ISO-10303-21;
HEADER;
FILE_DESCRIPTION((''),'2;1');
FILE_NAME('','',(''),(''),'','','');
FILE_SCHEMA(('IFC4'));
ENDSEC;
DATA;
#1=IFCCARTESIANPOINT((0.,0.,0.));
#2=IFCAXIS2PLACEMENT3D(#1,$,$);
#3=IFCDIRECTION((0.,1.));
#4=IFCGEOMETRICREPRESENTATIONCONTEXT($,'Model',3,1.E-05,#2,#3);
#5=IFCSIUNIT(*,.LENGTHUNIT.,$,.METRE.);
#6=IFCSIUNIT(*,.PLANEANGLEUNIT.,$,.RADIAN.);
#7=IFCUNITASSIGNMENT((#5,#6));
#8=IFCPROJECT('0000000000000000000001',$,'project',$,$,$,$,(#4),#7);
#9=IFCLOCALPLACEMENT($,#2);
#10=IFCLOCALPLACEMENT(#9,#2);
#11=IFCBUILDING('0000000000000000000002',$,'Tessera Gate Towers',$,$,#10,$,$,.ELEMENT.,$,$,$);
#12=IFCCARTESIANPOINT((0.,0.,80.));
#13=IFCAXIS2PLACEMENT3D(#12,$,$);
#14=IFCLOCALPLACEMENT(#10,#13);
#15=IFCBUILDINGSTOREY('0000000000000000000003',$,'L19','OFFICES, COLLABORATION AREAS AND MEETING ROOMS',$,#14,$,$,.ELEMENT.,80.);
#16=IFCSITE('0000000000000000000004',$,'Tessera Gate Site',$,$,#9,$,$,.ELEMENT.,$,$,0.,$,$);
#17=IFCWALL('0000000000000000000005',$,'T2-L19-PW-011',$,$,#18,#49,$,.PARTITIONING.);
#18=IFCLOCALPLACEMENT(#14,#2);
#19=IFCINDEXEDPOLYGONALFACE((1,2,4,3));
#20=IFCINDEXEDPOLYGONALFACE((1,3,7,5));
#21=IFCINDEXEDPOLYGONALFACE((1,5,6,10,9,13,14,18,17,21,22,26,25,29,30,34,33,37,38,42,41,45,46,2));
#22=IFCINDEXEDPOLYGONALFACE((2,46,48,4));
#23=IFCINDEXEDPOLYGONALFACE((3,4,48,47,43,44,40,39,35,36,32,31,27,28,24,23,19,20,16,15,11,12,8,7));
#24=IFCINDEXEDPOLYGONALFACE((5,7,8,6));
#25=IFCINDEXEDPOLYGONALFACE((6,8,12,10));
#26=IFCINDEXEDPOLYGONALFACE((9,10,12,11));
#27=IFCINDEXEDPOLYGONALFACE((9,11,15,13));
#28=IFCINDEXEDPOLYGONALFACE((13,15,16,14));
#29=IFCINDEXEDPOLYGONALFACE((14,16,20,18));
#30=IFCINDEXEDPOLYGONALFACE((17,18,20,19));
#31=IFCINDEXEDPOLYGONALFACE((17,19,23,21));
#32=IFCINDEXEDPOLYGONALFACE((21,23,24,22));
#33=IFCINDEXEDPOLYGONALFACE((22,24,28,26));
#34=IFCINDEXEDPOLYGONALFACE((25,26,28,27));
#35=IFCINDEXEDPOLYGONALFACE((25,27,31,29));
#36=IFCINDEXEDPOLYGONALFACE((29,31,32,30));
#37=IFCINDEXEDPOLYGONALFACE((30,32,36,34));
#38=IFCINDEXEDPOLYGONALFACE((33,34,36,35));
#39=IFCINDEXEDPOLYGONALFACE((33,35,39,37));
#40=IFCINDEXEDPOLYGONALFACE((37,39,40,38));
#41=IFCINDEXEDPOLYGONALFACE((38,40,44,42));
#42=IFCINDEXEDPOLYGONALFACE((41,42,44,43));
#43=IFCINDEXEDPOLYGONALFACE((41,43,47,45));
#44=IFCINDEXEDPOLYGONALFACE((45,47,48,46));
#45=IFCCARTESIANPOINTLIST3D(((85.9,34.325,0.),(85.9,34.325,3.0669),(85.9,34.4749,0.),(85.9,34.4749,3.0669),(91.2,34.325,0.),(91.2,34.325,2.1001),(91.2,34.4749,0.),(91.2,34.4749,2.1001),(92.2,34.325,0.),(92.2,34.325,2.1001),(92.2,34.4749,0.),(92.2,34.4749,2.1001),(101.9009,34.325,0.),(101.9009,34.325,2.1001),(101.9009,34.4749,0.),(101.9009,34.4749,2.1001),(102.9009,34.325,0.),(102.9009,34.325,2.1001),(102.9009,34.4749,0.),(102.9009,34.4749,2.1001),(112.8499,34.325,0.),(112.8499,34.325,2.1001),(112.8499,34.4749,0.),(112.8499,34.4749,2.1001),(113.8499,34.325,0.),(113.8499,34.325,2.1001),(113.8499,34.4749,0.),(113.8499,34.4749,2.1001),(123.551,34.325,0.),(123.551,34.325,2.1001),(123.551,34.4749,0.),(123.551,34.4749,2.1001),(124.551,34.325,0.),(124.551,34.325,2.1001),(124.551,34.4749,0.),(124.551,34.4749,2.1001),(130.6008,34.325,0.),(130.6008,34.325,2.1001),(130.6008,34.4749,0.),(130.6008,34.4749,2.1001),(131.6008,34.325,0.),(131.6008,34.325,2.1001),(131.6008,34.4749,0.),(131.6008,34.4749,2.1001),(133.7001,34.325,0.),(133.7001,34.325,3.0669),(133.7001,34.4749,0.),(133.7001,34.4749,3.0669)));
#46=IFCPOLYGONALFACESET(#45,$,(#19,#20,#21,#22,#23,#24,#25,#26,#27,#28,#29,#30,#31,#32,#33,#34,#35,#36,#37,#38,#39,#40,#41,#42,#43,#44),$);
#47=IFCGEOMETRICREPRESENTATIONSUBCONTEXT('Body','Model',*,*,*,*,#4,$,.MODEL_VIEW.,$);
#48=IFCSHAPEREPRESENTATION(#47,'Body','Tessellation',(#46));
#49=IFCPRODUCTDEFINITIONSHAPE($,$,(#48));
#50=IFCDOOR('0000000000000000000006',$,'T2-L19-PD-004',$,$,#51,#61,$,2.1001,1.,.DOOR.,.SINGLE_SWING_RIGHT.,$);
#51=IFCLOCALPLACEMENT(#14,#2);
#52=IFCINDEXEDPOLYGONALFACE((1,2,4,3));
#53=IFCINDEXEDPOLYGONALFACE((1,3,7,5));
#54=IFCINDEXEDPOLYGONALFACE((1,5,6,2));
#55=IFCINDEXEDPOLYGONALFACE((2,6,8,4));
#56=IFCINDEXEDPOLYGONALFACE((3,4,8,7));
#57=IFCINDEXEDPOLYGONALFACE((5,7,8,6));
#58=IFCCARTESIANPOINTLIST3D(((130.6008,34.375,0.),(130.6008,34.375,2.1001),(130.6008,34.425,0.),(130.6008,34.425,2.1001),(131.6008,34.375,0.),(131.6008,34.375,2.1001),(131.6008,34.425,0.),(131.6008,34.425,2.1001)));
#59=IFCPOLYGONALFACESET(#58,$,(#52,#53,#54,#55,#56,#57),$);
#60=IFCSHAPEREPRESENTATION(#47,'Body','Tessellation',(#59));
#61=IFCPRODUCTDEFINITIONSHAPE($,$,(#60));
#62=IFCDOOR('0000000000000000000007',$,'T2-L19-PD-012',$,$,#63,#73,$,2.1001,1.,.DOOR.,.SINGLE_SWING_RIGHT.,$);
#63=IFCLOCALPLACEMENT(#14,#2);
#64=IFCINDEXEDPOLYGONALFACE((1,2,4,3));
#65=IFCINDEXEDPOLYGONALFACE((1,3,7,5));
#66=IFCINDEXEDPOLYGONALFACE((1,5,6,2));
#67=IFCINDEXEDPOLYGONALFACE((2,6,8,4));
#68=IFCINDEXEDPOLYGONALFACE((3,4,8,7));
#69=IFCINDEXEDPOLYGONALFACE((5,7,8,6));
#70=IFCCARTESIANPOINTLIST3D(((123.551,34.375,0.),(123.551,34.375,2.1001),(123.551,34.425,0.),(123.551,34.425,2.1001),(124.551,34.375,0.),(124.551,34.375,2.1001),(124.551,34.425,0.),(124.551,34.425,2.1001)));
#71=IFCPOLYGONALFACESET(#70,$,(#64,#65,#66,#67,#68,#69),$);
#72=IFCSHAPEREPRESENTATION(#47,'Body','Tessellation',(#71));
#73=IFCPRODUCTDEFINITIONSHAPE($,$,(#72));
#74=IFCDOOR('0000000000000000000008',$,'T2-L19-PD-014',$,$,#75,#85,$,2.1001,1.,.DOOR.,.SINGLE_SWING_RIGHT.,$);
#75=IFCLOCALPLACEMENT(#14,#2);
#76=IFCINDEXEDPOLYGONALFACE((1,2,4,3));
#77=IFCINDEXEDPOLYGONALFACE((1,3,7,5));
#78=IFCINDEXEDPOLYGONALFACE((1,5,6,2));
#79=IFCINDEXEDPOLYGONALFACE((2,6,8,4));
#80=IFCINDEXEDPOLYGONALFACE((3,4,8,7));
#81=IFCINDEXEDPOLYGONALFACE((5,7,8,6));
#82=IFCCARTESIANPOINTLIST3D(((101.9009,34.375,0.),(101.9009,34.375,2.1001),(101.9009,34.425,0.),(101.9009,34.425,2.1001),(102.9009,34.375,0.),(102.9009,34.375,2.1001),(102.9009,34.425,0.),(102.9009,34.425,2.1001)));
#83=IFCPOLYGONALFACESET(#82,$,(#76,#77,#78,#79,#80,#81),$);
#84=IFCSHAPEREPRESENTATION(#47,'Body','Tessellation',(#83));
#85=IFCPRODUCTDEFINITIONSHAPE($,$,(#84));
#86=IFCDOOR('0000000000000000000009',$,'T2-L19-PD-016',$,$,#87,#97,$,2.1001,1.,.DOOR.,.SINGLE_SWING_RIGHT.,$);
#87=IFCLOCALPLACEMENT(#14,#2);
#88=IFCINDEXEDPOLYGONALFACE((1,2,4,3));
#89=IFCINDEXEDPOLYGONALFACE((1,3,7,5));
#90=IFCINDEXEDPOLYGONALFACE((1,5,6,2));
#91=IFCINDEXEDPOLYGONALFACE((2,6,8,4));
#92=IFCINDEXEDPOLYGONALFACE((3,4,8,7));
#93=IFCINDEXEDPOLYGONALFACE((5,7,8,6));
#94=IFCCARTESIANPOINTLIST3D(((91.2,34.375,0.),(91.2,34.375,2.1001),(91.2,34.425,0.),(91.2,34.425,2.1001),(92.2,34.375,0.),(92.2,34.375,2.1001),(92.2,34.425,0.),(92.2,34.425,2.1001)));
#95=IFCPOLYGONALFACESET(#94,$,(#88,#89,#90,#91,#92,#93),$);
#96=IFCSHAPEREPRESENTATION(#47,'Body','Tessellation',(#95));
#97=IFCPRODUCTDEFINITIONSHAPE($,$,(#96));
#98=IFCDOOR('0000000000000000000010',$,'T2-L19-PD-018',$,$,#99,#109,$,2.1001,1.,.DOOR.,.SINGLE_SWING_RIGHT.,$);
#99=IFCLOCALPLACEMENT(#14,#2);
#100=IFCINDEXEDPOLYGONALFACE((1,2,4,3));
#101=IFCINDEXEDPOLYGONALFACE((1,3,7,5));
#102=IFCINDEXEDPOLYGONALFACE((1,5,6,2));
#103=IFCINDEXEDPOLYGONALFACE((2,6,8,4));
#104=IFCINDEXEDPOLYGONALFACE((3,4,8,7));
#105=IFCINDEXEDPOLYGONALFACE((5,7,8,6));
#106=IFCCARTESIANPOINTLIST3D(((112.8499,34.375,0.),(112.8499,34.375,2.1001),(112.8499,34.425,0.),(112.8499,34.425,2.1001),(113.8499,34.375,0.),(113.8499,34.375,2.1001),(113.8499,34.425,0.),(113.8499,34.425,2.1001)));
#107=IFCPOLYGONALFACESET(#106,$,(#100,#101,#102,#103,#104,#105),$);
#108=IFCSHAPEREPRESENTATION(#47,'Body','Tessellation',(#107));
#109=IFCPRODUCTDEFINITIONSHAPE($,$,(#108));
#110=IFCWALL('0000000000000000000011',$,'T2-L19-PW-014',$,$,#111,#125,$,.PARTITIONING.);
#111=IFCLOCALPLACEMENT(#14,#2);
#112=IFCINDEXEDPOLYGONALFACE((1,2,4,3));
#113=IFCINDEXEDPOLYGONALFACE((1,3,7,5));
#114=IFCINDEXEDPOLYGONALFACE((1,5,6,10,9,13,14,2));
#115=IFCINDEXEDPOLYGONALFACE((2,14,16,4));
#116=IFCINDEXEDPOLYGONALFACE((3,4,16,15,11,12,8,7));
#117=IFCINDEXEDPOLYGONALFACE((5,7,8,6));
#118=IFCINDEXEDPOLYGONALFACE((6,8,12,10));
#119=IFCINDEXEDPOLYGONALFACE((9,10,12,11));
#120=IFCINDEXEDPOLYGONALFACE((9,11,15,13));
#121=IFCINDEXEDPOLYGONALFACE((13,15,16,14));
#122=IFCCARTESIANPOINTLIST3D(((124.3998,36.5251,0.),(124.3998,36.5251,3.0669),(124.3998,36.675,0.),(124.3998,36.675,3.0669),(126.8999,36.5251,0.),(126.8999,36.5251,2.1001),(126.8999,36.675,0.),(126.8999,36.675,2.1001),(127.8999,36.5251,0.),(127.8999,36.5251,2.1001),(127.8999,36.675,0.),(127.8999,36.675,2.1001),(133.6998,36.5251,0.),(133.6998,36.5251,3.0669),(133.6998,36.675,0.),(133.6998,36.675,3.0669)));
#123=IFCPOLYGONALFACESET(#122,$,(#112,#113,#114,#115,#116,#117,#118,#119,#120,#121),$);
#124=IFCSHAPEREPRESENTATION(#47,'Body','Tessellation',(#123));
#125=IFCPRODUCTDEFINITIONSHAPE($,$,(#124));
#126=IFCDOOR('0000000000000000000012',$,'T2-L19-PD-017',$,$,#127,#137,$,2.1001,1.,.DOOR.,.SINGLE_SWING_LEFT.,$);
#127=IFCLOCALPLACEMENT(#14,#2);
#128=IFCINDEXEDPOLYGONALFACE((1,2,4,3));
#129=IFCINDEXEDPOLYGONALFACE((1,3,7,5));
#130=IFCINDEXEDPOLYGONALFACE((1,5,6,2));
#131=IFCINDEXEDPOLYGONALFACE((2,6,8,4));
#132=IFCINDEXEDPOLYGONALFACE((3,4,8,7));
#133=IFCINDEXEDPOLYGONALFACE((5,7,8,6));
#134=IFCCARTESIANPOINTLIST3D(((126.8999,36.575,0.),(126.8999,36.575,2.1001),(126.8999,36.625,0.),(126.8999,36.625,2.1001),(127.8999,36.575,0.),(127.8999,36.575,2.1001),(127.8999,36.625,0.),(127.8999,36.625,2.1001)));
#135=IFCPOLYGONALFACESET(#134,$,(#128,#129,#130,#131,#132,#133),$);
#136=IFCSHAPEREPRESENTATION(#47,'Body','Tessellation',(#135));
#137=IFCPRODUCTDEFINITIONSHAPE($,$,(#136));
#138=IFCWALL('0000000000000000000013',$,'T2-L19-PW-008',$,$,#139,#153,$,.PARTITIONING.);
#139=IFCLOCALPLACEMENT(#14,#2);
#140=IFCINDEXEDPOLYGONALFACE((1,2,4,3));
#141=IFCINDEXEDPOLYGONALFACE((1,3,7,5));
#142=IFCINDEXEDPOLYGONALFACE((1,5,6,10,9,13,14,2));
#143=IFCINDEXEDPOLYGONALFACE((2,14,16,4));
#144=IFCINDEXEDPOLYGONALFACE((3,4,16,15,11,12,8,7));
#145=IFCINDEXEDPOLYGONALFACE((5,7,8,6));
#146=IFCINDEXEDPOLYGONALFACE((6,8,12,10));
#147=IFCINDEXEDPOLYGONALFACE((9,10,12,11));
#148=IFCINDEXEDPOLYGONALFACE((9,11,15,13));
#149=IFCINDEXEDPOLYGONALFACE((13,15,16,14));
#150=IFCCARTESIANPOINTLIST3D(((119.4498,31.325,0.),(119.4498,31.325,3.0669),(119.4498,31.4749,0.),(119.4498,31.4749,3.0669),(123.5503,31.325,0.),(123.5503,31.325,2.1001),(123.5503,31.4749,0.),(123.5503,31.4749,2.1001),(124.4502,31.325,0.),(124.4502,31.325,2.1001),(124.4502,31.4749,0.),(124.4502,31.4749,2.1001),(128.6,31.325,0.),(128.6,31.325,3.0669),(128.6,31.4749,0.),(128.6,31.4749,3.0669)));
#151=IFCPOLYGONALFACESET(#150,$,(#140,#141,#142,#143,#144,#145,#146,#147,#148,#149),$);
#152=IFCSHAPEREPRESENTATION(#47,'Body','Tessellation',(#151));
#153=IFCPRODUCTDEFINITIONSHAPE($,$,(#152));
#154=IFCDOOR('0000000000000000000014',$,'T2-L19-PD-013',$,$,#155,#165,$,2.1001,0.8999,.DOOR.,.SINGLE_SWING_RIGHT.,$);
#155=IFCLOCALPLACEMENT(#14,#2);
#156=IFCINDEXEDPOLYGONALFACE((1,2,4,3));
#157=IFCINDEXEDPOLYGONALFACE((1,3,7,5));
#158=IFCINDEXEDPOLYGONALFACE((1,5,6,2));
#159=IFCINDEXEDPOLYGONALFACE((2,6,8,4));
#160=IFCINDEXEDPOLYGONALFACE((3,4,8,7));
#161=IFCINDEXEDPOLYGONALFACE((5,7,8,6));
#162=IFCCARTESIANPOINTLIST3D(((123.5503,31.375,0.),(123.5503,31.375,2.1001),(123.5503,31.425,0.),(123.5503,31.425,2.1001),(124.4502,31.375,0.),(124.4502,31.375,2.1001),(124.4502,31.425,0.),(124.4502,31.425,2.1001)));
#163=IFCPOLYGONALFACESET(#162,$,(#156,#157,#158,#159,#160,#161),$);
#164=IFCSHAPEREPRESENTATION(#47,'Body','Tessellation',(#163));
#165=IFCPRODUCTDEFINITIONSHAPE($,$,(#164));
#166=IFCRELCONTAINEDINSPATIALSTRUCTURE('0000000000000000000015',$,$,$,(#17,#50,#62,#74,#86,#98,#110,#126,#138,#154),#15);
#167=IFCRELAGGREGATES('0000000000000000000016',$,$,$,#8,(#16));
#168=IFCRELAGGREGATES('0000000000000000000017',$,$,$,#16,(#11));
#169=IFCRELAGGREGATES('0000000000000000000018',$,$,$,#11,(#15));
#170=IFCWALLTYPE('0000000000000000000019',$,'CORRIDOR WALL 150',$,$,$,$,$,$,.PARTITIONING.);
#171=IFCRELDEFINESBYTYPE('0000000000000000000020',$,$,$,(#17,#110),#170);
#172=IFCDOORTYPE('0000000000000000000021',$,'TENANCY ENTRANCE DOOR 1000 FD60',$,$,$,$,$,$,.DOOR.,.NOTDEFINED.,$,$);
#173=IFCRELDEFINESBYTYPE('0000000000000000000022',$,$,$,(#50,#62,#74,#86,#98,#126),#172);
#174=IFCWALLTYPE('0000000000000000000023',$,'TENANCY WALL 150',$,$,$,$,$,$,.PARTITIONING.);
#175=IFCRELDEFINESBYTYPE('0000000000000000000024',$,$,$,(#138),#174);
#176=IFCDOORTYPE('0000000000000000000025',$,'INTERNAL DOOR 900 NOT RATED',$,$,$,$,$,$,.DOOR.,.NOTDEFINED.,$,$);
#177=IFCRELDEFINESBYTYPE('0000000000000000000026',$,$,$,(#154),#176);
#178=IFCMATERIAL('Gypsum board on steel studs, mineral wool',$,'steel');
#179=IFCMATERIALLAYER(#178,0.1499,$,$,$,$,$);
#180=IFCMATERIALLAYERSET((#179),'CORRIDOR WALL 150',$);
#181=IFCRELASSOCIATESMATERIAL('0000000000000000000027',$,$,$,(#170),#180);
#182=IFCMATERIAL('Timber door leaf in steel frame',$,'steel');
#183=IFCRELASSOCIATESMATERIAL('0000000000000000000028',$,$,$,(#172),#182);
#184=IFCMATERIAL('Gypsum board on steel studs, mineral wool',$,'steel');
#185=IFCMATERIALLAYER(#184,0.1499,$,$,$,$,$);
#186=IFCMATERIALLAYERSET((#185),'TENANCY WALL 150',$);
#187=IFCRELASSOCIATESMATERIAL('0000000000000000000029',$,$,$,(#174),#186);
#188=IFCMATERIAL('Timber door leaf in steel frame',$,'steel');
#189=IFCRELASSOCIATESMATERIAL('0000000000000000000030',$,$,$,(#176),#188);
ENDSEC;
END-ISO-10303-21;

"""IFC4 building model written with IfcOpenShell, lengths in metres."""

from ifc_helpers import new_model, si_unit, direction, frame, frame_2d, origin, place, context, subcontext, project, spatial, rectangle, extrude, source, transform, mapped, material, layer, layer_set, type_object, element, fill, save


model = new_model("IFC4")

# Units and contexts
model_context = context("Model", 3, precision=1e-05, world=origin(), true_north=direction((0.0, 1.0)))
body_context = subcontext(model_context, "Body", "Model", "MODEL_VIEW")
ifc_project = project(units=[si_unit("LENGTHUNIT", "METRE"), si_unit("PLANEANGLEUNIT", "RADIAN")], contexts=[model_context])

# Site, building, storey
site_placement = place(None, origin())
site = spatial("IfcSite", under=ifc_project, at=site_placement, Name="Tessera Gate Site", CompositionType="ELEMENT", RefElevation=0.0)
building_placement = place(site_placement, origin())
building = spatial("IfcBuilding", under=site, at=building_placement, Name="Tessera Gate Towers", CompositionType="ELEMENT")
storey_placement = place(building_placement, frame((0.0, 0.0, 80.0)))
storey = spatial("IfcBuildingStorey", under=building, at=storey_placement, Name="L19", Description="OFFICES, COLLABORATION AREAS AND MEETING ROOMS", CompositionType="ELEMENT", Elevation=80.0)

# Wall, openings, doors
ifc_material_1 = material(Name="Gypsum board on steel studs, mineral wool", Category="steel")
ifc_layer_1 = layer(ifc_material_1, 0.1499)
ifc_layer_set_1 = layer_set([ifc_layer_1], Name="CORRIDOR WALL 150")
wall_type_1 = type_object("IfcWallType", Name="CORRIDOR WALL 150", PredefinedType="PARTITIONING", material=ifc_layer_set_1)
wall_1_placement = place(storey_placement, frame((133.7, 34.3999, 0.0), z_axis=(0.0, 0.0, 1.0), x_axis=(-1.0, 0.0, 0.0)))
wall_1 = element("IfcWall", 1, at=wall_1_placement, inside=storey, type_object=wall_type_1, Name="T2-L19-PW-011", PredefinedType="PARTITIONING", context=body_context, shape_type="SweptSolid", body=[
    extrude(rectangle(XDim=47.8, YDim=0.1499, at=frame_2d((23.8999, 0.0))), origin(), (0.0, 0.0, 1.0), 3.0669),
])
shared_shape_1 = source(origin(), body_context, "Body", "SweptSolid", [
    extrude(rectangle(XDim=1.0, YDim=2.1001, at=frame_2d((0.5, 1.05))), frame((0.0, 0.085, 0.0), z_axis=(0.0, -1.0, 0.0), x_axis=(1.0, 0.0, 0.0)), (0.0, 0.0, 1.0), 0.1699),
])
opening_1_placement = place(wall_1_placement, frame((2.0991, 0.0, 0.0)))
opening_1 = element("IfcOpeningElement", 2, at=opening_1_placement, cuts=wall_1, PredefinedType="OPENING", context=body_context, shape_type="MappedRepresentation", body=[
    mapped(shared_shape_1, transform((0.0, 0.0, 0.0), scale=1.0)),
])
opening_2_placement = place(wall_1_placement, frame((9.1489, 0.0, 0.0)))
opening_2 = element("IfcOpeningElement", 3, at=opening_2_placement, cuts=wall_1, PredefinedType="OPENING", context=body_context, shape_type="MappedRepresentation", body=[
    mapped(shared_shape_1, transform((0.0, 0.0, 0.0), scale=1.0)),
])
opening_3_placement = place(wall_1_placement, frame((30.7991, 0.0, 0.0)))
opening_3 = element("IfcOpeningElement", 4, at=opening_3_placement, cuts=wall_1, PredefinedType="OPENING", context=body_context, shape_type="MappedRepresentation", body=[
    mapped(shared_shape_1, transform((0.0, 0.0, 0.0), scale=1.0)),
])
opening_4_placement = place(wall_1_placement, frame((41.5, 0.0, 0.0)))
opening_4 = element("IfcOpeningElement", 5, at=opening_4_placement, cuts=wall_1, PredefinedType="OPENING", context=body_context, shape_type="MappedRepresentation", body=[
    mapped(shared_shape_1, transform((0.0, 0.0, 0.0), scale=1.0)),
])
opening_5_placement = place(wall_1_placement, frame((19.8501, 0.0, 0.0)))
opening_5 = element("IfcOpeningElement", 6, at=opening_5_placement, cuts=wall_1, PredefinedType="OPENING", context=body_context, shape_type="MappedRepresentation", body=[
    mapped(shared_shape_1, transform((0.0, 0.0, 0.0), scale=1.0)),
])
ifc_material_2 = material(Name="Timber door leaf in steel frame", Category="steel")
door_type_1 = type_object("IfcDoorType", Name="TENANCY ENTRANCE DOOR 1000 FD60", OperationType="NOTDEFINED", PredefinedType="DOOR", material=ifc_material_2)
shared_shape_2 = source(origin(), body_context, "Body", "SweptSolid", [
    extrude(rectangle(XDim=1.0, YDim=2.1001, at=frame_2d((0.5, 1.05))), frame((0.0, 0.0249, 0.0), z_axis=(0.0, -1.0, 0.0), x_axis=(1.0, 0.0, 0.0)), (0.0, 0.0, 1.0), 0.05),
])
door_1_placement = place(opening_1_placement, origin())
door_1 = element("IfcDoor", 7, at=door_1_placement, inside=storey, type_object=door_type_1, Name="T2-L19-PD-004", OperationType="SINGLE_SWING_RIGHT", OverallHeight=2.1001, OverallWidth=1.0, PredefinedType="DOOR", context=body_context, shape_type="MappedRepresentation", body=[
    mapped(shared_shape_2, transform((0.0, 0.0, 0.0), scale=1.0)),
])
fill(opening_1, door_1)
door_2_placement = place(opening_2_placement, origin())
door_2 = element("IfcDoor", 8, at=door_2_placement, inside=storey, type_object=door_type_1, Name="T2-L19-PD-012", OperationType="SINGLE_SWING_RIGHT", OverallHeight=2.1001, OverallWidth=1.0, PredefinedType="DOOR", context=body_context, shape_type="MappedRepresentation", body=[
    mapped(shared_shape_2, transform((0.0, 0.0, 0.0), scale=1.0)),
])
fill(opening_2, door_2)
door_3_placement = place(opening_3_placement, origin())
door_3 = element("IfcDoor", 9, at=door_3_placement, inside=storey, type_object=door_type_1, Name="T2-L19-PD-014", OperationType="SINGLE_SWING_RIGHT", OverallHeight=2.1001, OverallWidth=1.0, PredefinedType="DOOR", context=body_context, shape_type="MappedRepresentation", body=[
    mapped(shared_shape_2, transform((0.0, 0.0, 0.0), scale=1.0)),
])
fill(opening_3, door_3)
door_4_placement = place(opening_4_placement, origin())
door_4 = element("IfcDoor", 10, at=door_4_placement, inside=storey, type_object=door_type_1, Name="T2-L19-PD-016", OperationType="SINGLE_SWING_RIGHT", OverallHeight=2.1001, OverallWidth=1.0, PredefinedType="DOOR", context=body_context, shape_type="MappedRepresentation", body=[
    mapped(shared_shape_2, transform((0.0, 0.0, 0.0), scale=1.0)),
])
fill(opening_4, door_4)
door_5_placement = place(opening_5_placement, origin())
door_5 = element("IfcDoor", 11, at=door_5_placement, inside=storey, type_object=door_type_1, Name="T2-L19-PD-018", OperationType="SINGLE_SWING_RIGHT", OverallHeight=2.1001, OverallWidth=1.0, PredefinedType="DOOR", context=body_context, shape_type="MappedRepresentation", body=[
    mapped(shared_shape_2, transform((0.0, 0.0, 0.0), scale=1.0)),
])
fill(opening_5, door_5)

# Walls, openings, doors
wall_2_placement = place(storey_placement, frame((124.3999, 36.6001, 0.0), z_axis=(0.0, 0.0, 1.0), x_axis=(1.0, 0.0, 0.0)))
wall_2 = element("IfcWall", 12, at=wall_2_placement, inside=storey, type_object=wall_type_1, Name="T2-L19-PW-014", PredefinedType="PARTITIONING", context=body_context, shape_type="SweptSolid", body=[
    extrude(rectangle(XDim=9.3, YDim=0.1499, at=frame_2d((4.6499, 0.0))), origin(), (0.0, 0.0, 1.0), 3.0669),
])
opening_6_placement = place(wall_2_placement, frame((2.5, 0.0, 0.0)))
opening_6 = element("IfcOpeningElement", 13, at=opening_6_placement, cuts=wall_2, PredefinedType="OPENING", context=body_context, shape_type="MappedRepresentation", body=[
    mapped(shared_shape_1, transform((0.0, 0.0, 0.0), scale=1.0)),
])
door_6_placement = place(opening_6_placement, origin())
door_6 = element("IfcDoor", 14, at=door_6_placement, inside=storey, type_object=door_type_1, Name="T2-L19-PD-017", OperationType="SINGLE_SWING_LEFT", OverallHeight=2.1001, OverallWidth=1.0, PredefinedType="DOOR", context=body_context, shape_type="MappedRepresentation", body=[
    mapped(shared_shape_2, transform((0.0, 0.0, 0.0), scale=1.0)),
])
fill(opening_6, door_6)
ifc_material_3 = material(Name="Gypsum board on steel studs, mineral wool", Category="steel")
ifc_layer_2 = layer(ifc_material_3, 0.1499)
ifc_layer_set_2 = layer_set([ifc_layer_2], Name="TENANCY WALL 150")
wall_type_2 = type_object("IfcWallType", Name="TENANCY WALL 150", PredefinedType="PARTITIONING", material=ifc_layer_set_2)
wall_3_placement = place(storey_placement, frame((128.6001, 31.3999, 0.0), z_axis=(0.0, 0.0, 1.0), x_axis=(-1.0, 0.0, 0.0)))
wall_3 = element("IfcWall", 15, at=wall_3_placement, inside=storey, type_object=wall_type_2, Name="T2-L19-PW-008", PredefinedType="PARTITIONING", context=body_context, shape_type="SweptSolid", body=[
    extrude(rectangle(XDim=9.1501, YDim=0.1499, at=frame_2d((4.5752, 0.0))), origin(), (0.0, 0.0, 1.0), 3.0669),
])
shared_shape_3 = source(origin(), body_context, "Body", "SweptSolid", [
    extrude(rectangle(XDim=0.8999, YDim=2.1001, at=frame_2d((0.45, 1.05))), frame((0.0, 0.085, 0.0), z_axis=(0.0, -1.0, 0.0), x_axis=(1.0, 0.0, 0.0)), (0.0, 0.0, 1.0), 0.1699),
])
opening_7_placement = place(wall_3_placement, frame((4.1499, 0.0, 0.0)))
opening_7 = element("IfcOpeningElement", 16, at=opening_7_placement, cuts=wall_3, PredefinedType="OPENING", context=body_context, shape_type="MappedRepresentation", body=[
    mapped(shared_shape_3, transform((0.0, 0.0, 0.0), scale=1.0)),
])
ifc_material_4 = material(Name="Timber door leaf in steel frame", Category="steel")
door_type_2 = type_object("IfcDoorType", Name="INTERNAL DOOR 900 NOT RATED", OperationType="NOTDEFINED", PredefinedType="DOOR", material=ifc_material_4)
shared_shape_4 = source(origin(), body_context, "Body", "SweptSolid", [
    extrude(rectangle(XDim=0.8999, YDim=2.1001, at=frame_2d((0.45, 1.05))), frame((0.0, 0.0249, 0.0), z_axis=(0.0, -1.0, 0.0), x_axis=(1.0, 0.0, 0.0)), (0.0, 0.0, 1.0), 0.05),
])
door_7_placement = place(opening_7_placement, origin())
door_7 = element("IfcDoor", 17, at=door_7_placement, inside=storey, type_object=door_type_2, Name="T2-L19-PD-013", OperationType="SINGLE_SWING_RIGHT", OverallHeight=2.1001, OverallWidth=0.8999, PredefinedType="DOOR", context=body_context, shape_type="MappedRepresentation", body=[
    mapped(shared_shape_4, transform((0.0, 0.0, 0.0), scale=1.0)),
])
fill(opening_7, door_7)

save(model, "model.ifc")
